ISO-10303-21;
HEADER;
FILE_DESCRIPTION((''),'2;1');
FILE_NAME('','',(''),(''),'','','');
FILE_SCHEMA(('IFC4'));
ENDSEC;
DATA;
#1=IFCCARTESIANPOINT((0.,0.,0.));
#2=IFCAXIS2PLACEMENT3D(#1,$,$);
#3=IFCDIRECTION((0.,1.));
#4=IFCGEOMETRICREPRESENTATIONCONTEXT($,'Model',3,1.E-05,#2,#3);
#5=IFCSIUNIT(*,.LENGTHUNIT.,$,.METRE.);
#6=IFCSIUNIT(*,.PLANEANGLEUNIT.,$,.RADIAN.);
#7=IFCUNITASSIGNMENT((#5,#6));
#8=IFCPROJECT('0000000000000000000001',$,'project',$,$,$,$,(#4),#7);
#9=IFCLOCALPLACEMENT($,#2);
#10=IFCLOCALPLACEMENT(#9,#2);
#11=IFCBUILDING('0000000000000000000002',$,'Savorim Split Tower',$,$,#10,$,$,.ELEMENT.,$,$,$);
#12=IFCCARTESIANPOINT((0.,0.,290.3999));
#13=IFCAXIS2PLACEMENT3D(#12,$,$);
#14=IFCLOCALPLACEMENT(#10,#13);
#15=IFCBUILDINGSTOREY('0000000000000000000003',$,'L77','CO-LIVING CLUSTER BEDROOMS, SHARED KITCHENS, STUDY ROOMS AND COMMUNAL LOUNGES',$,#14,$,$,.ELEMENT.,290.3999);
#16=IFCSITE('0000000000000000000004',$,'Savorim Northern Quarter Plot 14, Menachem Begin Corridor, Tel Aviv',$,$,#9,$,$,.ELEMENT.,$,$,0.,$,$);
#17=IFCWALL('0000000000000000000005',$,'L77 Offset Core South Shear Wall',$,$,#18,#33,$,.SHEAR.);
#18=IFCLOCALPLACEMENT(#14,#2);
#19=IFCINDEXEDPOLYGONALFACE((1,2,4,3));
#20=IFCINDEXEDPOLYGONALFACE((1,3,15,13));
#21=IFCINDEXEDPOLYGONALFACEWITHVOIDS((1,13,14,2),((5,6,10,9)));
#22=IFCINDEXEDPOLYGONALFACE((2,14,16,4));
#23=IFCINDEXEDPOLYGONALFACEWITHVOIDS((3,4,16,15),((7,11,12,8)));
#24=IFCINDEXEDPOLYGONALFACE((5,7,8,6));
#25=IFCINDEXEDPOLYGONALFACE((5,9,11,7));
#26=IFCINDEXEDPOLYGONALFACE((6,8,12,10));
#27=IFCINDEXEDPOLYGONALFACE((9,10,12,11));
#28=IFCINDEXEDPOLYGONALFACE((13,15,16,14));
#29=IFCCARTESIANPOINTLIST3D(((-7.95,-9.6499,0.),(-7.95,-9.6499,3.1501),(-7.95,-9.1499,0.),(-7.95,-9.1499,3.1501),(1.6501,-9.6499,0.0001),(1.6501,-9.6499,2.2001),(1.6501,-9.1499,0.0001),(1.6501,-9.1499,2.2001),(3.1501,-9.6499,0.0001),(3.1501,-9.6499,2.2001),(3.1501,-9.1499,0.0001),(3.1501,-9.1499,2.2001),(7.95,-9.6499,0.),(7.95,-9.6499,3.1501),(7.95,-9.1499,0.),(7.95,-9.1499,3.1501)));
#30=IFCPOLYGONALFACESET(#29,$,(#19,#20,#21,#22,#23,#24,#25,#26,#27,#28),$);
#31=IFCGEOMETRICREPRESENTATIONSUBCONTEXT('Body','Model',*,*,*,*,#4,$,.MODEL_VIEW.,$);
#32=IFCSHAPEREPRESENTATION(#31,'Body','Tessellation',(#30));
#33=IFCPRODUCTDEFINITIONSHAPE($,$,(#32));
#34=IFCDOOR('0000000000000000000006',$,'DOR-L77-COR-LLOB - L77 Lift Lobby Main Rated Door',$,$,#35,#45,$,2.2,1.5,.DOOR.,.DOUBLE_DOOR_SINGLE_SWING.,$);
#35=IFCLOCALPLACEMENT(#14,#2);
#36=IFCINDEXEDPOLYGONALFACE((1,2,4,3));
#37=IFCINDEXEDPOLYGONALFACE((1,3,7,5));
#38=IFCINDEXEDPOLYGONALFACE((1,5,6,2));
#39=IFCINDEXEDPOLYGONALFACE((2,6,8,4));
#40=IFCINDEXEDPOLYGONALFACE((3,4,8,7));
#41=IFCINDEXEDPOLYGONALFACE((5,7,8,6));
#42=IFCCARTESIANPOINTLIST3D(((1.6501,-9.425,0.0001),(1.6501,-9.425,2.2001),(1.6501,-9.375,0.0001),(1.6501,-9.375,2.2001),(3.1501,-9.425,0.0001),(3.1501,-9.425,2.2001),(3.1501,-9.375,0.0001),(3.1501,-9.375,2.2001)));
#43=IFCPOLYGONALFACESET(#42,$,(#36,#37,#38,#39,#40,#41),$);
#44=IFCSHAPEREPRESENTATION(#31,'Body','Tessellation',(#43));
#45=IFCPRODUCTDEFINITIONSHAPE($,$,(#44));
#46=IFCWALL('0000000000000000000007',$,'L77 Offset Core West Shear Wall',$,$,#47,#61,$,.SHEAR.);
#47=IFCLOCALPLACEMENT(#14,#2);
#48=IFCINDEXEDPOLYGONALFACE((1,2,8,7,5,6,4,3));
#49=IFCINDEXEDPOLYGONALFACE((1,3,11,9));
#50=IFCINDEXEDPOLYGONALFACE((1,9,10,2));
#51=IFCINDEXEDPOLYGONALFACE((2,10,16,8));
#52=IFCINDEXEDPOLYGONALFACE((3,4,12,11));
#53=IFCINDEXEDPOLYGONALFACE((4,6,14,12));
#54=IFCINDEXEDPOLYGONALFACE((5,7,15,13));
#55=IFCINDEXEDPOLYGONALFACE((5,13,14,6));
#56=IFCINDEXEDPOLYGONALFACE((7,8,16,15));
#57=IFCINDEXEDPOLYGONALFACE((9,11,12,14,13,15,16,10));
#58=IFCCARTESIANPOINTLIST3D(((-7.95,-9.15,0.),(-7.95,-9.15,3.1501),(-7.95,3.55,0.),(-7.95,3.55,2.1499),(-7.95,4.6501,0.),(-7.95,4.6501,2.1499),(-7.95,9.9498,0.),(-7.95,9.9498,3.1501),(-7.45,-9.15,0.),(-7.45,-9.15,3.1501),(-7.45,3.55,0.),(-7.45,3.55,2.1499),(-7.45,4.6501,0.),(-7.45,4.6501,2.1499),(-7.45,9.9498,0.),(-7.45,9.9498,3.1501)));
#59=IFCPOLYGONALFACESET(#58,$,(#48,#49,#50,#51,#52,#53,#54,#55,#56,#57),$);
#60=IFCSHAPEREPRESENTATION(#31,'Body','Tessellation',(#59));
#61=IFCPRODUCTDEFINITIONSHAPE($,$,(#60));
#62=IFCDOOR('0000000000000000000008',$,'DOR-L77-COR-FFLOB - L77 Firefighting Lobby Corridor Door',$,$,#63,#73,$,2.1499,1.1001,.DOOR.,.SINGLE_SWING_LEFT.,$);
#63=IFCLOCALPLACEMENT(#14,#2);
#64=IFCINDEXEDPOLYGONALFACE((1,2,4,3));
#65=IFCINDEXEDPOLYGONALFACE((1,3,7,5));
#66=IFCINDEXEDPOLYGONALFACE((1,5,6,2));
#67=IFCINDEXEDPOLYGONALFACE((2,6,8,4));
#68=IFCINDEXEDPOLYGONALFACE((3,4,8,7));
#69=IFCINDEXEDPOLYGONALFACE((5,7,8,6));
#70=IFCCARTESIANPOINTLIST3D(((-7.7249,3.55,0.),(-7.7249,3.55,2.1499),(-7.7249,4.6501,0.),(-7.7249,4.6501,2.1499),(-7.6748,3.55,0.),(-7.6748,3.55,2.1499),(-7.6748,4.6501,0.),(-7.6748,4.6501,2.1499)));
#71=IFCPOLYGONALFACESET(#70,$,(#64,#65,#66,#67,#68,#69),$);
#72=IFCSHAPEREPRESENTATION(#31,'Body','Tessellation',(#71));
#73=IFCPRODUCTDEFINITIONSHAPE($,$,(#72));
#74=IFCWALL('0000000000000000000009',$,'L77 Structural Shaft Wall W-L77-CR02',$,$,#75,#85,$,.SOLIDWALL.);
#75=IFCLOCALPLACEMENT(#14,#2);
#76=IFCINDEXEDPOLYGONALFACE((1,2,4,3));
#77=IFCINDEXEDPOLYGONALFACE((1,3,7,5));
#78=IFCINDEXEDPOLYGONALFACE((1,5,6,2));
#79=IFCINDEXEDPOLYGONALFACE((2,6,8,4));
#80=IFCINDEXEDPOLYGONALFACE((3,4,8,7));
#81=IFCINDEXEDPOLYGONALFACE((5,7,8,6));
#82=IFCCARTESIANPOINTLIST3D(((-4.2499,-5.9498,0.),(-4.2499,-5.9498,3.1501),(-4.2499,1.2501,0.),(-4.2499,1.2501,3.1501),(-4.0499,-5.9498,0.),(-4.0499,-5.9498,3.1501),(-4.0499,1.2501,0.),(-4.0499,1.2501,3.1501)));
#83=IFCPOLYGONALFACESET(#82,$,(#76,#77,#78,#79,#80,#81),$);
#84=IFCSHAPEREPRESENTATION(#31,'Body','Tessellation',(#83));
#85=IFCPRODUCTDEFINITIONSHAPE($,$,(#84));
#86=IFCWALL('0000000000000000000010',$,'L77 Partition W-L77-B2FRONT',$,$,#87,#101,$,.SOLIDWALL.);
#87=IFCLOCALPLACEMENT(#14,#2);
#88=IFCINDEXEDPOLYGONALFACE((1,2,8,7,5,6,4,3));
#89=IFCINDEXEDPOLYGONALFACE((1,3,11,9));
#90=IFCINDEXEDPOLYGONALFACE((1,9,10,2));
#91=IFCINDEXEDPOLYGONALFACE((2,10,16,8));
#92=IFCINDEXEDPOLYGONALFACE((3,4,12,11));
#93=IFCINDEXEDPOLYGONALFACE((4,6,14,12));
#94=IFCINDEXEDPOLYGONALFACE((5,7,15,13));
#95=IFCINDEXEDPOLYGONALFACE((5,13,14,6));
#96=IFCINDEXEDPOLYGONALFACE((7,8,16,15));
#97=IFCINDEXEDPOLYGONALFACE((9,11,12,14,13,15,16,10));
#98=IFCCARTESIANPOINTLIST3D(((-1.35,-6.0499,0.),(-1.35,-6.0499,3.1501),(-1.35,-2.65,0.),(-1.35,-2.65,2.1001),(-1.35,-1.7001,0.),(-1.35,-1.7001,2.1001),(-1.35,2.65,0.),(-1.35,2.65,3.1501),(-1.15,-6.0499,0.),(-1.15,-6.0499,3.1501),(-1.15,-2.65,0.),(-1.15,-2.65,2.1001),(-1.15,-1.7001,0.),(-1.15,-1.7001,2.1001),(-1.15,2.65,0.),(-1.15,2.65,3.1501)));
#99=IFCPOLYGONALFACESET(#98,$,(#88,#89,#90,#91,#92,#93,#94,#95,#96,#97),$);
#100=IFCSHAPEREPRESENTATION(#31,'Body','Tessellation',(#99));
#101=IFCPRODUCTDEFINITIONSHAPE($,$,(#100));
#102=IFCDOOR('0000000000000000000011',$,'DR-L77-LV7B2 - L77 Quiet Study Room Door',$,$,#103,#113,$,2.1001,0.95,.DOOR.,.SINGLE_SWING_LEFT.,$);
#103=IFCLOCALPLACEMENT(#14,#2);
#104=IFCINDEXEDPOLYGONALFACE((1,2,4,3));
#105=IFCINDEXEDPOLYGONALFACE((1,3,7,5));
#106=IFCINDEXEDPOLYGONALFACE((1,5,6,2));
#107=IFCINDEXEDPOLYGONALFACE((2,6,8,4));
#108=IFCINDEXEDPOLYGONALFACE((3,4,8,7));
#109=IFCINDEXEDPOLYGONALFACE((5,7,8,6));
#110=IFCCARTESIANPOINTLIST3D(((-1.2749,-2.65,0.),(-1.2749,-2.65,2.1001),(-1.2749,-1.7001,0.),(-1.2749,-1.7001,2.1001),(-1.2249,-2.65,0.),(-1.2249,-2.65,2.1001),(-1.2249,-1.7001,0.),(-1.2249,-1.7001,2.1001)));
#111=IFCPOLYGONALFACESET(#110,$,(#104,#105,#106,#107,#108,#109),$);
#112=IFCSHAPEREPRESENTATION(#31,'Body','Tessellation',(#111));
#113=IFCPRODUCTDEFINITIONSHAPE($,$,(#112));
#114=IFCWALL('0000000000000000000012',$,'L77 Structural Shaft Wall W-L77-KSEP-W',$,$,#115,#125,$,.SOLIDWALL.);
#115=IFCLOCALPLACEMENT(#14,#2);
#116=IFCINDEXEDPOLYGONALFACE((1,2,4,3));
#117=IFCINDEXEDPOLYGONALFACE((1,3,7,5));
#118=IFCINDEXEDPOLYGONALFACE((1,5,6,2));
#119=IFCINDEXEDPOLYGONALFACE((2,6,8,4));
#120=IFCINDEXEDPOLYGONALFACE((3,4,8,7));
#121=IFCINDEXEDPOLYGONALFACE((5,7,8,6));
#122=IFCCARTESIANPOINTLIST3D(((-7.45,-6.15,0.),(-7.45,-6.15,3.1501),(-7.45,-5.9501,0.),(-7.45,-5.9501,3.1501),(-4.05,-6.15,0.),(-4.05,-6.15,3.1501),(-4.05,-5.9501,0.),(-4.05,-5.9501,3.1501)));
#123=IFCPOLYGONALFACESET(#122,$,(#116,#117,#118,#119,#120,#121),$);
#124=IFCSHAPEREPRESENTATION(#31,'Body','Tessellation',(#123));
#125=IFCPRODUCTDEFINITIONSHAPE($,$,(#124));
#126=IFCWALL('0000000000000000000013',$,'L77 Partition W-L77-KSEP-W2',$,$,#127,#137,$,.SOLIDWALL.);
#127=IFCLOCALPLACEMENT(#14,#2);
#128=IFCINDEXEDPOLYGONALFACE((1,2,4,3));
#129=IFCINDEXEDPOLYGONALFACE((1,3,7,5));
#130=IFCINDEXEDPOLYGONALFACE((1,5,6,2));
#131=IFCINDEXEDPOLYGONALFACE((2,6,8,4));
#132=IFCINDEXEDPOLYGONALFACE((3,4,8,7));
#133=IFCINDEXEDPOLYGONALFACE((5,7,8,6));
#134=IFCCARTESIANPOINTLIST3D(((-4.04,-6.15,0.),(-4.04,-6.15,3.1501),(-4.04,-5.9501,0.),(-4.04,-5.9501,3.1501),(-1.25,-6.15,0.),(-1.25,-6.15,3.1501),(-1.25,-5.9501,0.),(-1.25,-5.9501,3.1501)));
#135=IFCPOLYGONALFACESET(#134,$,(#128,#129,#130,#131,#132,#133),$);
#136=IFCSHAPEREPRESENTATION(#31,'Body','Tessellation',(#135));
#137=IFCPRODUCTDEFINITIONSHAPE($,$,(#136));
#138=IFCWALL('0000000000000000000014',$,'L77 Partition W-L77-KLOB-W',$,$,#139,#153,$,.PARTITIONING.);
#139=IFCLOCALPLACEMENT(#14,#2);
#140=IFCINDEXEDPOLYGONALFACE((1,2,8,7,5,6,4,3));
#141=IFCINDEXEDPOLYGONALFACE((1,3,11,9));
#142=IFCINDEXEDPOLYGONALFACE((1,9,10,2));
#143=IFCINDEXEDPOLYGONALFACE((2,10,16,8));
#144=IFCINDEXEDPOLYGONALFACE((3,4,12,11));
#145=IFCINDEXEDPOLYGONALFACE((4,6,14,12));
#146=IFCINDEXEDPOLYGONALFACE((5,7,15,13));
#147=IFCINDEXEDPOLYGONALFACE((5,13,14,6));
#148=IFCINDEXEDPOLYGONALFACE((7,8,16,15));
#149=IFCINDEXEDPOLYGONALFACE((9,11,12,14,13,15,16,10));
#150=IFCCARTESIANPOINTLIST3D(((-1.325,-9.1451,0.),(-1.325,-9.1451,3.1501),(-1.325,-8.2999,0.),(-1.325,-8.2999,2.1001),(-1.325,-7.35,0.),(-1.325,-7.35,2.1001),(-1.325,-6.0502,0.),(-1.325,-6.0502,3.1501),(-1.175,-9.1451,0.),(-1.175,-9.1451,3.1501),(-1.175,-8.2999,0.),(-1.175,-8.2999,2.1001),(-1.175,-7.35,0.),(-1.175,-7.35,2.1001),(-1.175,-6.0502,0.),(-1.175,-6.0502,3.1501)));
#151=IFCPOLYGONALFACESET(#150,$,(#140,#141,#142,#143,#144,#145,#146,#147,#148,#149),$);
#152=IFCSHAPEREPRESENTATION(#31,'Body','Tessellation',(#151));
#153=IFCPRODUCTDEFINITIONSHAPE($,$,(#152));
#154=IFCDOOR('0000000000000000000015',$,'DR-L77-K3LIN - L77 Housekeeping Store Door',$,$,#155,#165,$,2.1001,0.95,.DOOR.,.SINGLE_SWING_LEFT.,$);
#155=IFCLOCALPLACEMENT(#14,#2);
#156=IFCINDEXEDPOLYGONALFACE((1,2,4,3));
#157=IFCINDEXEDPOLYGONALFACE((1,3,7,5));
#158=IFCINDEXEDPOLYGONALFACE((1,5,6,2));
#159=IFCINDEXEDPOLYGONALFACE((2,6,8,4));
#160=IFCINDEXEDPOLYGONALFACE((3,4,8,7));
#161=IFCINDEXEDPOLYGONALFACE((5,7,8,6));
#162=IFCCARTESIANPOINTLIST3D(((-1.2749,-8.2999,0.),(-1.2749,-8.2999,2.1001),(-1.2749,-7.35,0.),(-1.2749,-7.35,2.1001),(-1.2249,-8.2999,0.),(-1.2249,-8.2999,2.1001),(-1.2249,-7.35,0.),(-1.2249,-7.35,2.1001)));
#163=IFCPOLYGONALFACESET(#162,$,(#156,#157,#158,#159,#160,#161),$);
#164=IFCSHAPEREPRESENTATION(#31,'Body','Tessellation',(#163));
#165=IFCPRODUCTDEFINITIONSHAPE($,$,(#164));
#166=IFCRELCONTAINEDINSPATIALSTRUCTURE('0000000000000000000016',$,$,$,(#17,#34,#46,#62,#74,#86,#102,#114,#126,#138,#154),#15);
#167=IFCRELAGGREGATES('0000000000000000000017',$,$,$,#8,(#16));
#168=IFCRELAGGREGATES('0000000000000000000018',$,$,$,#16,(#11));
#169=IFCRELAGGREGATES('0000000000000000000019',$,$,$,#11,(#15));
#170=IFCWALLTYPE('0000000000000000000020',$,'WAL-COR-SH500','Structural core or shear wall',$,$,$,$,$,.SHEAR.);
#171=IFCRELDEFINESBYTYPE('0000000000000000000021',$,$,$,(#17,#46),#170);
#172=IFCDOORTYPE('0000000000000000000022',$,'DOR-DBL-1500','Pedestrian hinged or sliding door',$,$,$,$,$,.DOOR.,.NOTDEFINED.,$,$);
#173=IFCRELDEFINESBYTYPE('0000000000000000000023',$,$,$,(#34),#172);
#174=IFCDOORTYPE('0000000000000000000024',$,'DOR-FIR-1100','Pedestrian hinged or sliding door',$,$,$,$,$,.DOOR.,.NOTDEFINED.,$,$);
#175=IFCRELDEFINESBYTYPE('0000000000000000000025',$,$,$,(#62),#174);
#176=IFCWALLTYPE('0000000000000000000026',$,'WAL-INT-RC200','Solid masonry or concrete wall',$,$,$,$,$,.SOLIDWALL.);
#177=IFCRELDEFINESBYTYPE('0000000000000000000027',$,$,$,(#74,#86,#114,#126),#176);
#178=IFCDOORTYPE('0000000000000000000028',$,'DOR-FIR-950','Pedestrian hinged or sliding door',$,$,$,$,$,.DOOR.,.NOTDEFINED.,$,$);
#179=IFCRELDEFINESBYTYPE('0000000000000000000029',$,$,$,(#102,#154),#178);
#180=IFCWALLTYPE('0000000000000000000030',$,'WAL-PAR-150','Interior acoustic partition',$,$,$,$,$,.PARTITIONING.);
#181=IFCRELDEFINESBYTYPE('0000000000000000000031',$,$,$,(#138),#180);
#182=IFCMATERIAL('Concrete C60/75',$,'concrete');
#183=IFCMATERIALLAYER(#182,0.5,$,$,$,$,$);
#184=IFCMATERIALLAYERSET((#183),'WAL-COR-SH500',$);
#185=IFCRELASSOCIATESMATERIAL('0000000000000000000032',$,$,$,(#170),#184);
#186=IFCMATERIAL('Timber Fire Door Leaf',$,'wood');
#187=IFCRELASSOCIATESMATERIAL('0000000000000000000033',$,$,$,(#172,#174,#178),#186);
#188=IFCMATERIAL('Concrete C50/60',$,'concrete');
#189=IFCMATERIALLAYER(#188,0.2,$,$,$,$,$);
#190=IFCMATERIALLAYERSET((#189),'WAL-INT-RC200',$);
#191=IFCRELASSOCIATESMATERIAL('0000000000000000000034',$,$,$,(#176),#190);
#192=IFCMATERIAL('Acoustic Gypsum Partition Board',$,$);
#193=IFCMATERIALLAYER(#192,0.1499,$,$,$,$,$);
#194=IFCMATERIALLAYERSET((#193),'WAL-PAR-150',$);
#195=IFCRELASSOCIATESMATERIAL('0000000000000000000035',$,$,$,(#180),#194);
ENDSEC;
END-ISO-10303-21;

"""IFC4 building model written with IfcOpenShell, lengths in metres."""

from ifc_helpers import new_model, si_unit, direction, frame, frame_2d, origin, place, context, subcontext, project, spatial, rectangle, extrude, material, layer, layer_set, type_object, element, fill, save


model = new_model("IFC4")

# Units and contexts
model_context = context("Model", 3, precision=1e-05, world=origin(), true_north=direction((0.0, 1.0)))
body_context = subcontext(model_context, "Body", "Model", "MODEL_VIEW")
ifc_project = project(units=[si_unit("LENGTHUNIT", "METRE"), si_unit("PLANEANGLEUNIT", "RADIAN")], contexts=[model_context])

# Site, building, storey
site_placement = place(None, origin())
site = spatial("IfcSite", under=ifc_project, at=site_placement, Name="Savorim Northern Quarter Plot 14, Menachem Begin Corridor, Tel Aviv", CompositionType="ELEMENT", RefElevation=0.0)
building_placement = place(site_placement, origin())
building = spatial("IfcBuilding", under=site, at=building_placement, Name="Savorim Split Tower", CompositionType="ELEMENT")
storey_placement = place(building_placement, frame((0.0, 0.0, 290.3999)))
storey = spatial("IfcBuildingStorey", under=building, at=storey_placement, Name="L77", Description="CO-LIVING CLUSTER BEDROOMS, SHARED KITCHENS, STUDY ROOMS AND COMMUNAL LOUNGES", CompositionType="ELEMENT", Elevation=290.3999)

# Walls, openings, doors
ifc_material_1 = material(Name="Concrete C60/75", Category="concrete")
ifc_layer_1 = layer(ifc_material_1, 0.5)
ifc_layer_set_1 = layer_set([ifc_layer_1], Name="WAL-COR-SH500")
wall_type_1 = type_object("IfcWallType", Name="WAL-COR-SH500", Description="Structural core or shear wall", PredefinedType="SHEAR", material=ifc_layer_set_1)
wall_1_placement = place(storey_placement, frame((-7.95, -9.3999, 0.0), z_axis=(0.0, 0.0, 1.0), x_axis=(1.0, 0.0, 0.0)))
wall_1 = element("IfcWall", 1, at=wall_1_placement, inside=storey, type_object=wall_type_1, Name="L77 Offset Core South Shear Wall", PredefinedType="SHEAR", context=body_context, shape_type="SweptSolid", body=[
    extrude(rectangle(XDim=15.8999, YDim=0.5, at=frame_2d((7.95, 0.0))), origin(), (0.0, 0.0, 1.0), 3.1501),
])
opening_1_placement = place(wall_1_placement, frame((9.6001, 0.0, 0.0)))
opening_1 = element("IfcOpeningElement", 2, at=opening_1_placement, cuts=wall_1, PredefinedType="OPENING", context=body_context, shape_type="SweptSolid", body=[
    extrude(rectangle(XDim=1.5, YDim=2.2, at=frame_2d((0.75, 1.1001))), frame((0.0, 0.26, 0.0), z_axis=(0.0, -1.0, 0.0), x_axis=(1.0, 0.0, 0.0)), (0.0, 0.0, 1.0), 0.52),
])
ifc_material_2 = material(Name="Timber Fire Door Leaf", Category="wood")
door_type_1 = type_object("IfcDoorType", Name="DOR-DBL-1500", Description="Pedestrian hinged or sliding door", OperationType="NOTDEFINED", PredefinedType="DOOR", material=ifc_material_2)
door_1_placement = place(opening_1_placement, origin())
door_1 = element("IfcDoor", 3, at=door_1_placement, inside=storey, type_object=door_type_1, Name="DOR-L77-COR-LLOB - L77 Lift Lobby Main Rated Door", OperationType="DOUBLE_DOOR_SINGLE_SWING", OverallHeight=2.2, OverallWidth=1.5, PredefinedType="DOOR", context=body_context, shape_type="SweptSolid", body=[
    extrude(rectangle(XDim=1.5, YDim=2.2, at=frame_2d((0.75, 1.1001))), frame((0.0, 0.0249, 0.0), z_axis=(0.0, -1.0, 0.0), x_axis=(1.0, 0.0, 0.0)), (0.0, 0.0, 1.0), 0.05),
])
fill(opening_1, door_1)
wall_2_placement = place(storey_placement, frame((-7.7, -9.1499, 0.0), z_axis=(0.0, 0.0, 1.0), x_axis=(0.0, 1.0, 0.0)))
wall_2 = element("IfcWall", 4, at=wall_2_placement, inside=storey, type_object=wall_type_1, Name="L77 Offset Core West Shear Wall", PredefinedType="SHEAR", context=body_context, shape_type="SweptSolid", body=[
    extrude(rectangle(XDim=19.0999, YDim=0.5, at=frame_2d((9.5498, 0.0))), origin(), (0.0, 0.0, 1.0), 3.1501),
])
opening_2_placement = place(wall_2_placement, frame((12.7, 0.0, 0.0)))
opening_2 = element("IfcOpeningElement", 5, at=opening_2_placement, cuts=wall_2, PredefinedType="OPENING", context=body_context, shape_type="SweptSolid", body=[
    extrude(rectangle(XDim=1.1001, YDim=2.1499, at=frame_2d((0.55, 1.075))), frame((0.0, 0.26, 0.0), z_axis=(0.0, -1.0, 0.0), x_axis=(1.0, 0.0, 0.0)), (0.0, 0.0, 1.0), 0.52),
])
door_type_2 = type_object("IfcDoorType", Name="DOR-FIR-1100", Description="Pedestrian hinged or sliding door", OperationType="NOTDEFINED", PredefinedType="DOOR", material=ifc_material_2)
door_2_placement = place(opening_2_placement, origin())
door_2 = element("IfcDoor", 6, at=door_2_placement, inside=storey, type_object=door_type_2, Name="DOR-L77-COR-FFLOB - L77 Firefighting Lobby Corridor Door", OperationType="SINGLE_SWING_LEFT", OverallHeight=2.1499, OverallWidth=1.1001, PredefinedType="DOOR", context=body_context, shape_type="SweptSolid", body=[
    extrude(rectangle(XDim=1.1001, YDim=2.1499, at=frame_2d((0.55, 1.075))), frame((0.0, 0.0249, 0.0), z_axis=(0.0, -1.0, 0.0), x_axis=(1.0, 0.0, 0.0)), (0.0, 0.0, 1.0), 0.05),
])
fill(opening_2, door_2)

# Wall
ifc_material_3 = material(Name="Concrete C50/60", Category="concrete")
ifc_layer_2 = layer(ifc_material_3, 0.2)
ifc_layer_set_2 = layer_set([ifc_layer_2], Name="WAL-INT-RC200")
wall_type_2 = type_object("IfcWallType", Name="WAL-INT-RC200", Description="Solid masonry or concrete wall", PredefinedType="SOLIDWALL", material=ifc_layer_set_2)
wall_3_placement = place(storey_placement, frame((-4.1499, -5.95, 0.0), z_axis=(0.0, 0.0, 1.0), x_axis=(0.0, 1.0, 0.0)))
element("IfcWall", 7, at=wall_3_placement, inside=storey, type_object=wall_type_2, Name="L77 Structural Shaft Wall W-L77-CR02", PredefinedType="SOLIDWALL", context=body_context, shape_type="SweptSolid", body=[
    extrude(rectangle(XDim=7.2, YDim=0.2, at=frame_2d((3.6001, 0.0))), origin(), (0.0, 0.0, 1.0), 3.1501),
])

# Wall, opening, door
wall_4_placement = place(storey_placement, frame((-1.25, -6.05, 0.0), z_axis=(0.0, 0.0, 1.0), x_axis=(0.0, 1.0, 0.0)))
wall_4 = element("IfcWall", 8, at=wall_4_placement, inside=storey, type_object=wall_type_2, Name="L77 Partition W-L77-B2FRONT", PredefinedType="SOLIDWALL", context=body_context, shape_type="SweptSolid", body=[
    extrude(rectangle(XDim=8.7, YDim=0.2, at=frame_2d((4.3501, 0.0))), origin(), (0.0, 0.0, 1.0), 3.1501),
])
opening_3_placement = place(wall_4_placement, frame((3.3999, 0.0, 0.0)))
opening_3 = element("IfcOpeningElement", 9, at=opening_3_placement, cuts=wall_4, PredefinedType="OPENING", context=body_context, shape_type="SweptSolid", body=[
    extrude(rectangle(XDim=0.95, YDim=2.1001, at=frame_2d((0.4751, 1.05))), frame((0.0, 0.1099, 0.0), z_axis=(0.0, -1.0, 0.0), x_axis=(1.0, 0.0, 0.0)), (0.0, 0.0, 1.0), 0.22),
])
door_type_3 = type_object("IfcDoorType", Name="DOR-FIR-950", Description="Pedestrian hinged or sliding door", OperationType="NOTDEFINED", PredefinedType="DOOR", material=ifc_material_2)
door_3_placement = place(opening_3_placement, origin())
door_3 = element("IfcDoor", 10, at=door_3_placement, inside=storey, type_object=door_type_3, Name="DR-L77-LV7B2 - L77 Quiet Study Room Door", OperationType="SINGLE_SWING_LEFT", OverallHeight=2.1001, OverallWidth=0.95, PredefinedType="DOOR", context=body_context, shape_type="SweptSolid", body=[
    extrude(rectangle(XDim=0.95, YDim=2.1001, at=frame_2d((0.4751, 1.05))), frame((0.0, 0.0249, 0.0), z_axis=(0.0, -1.0, 0.0), x_axis=(1.0, 0.0, 0.0)), (0.0, 0.0, 1.0), 0.05),
])
fill(opening_3, door_3)

# Walls
wall_5_placement = place(storey_placement, frame((-7.45, -6.05, 0.0), z_axis=(0.0, 0.0, 1.0), x_axis=(1.0, 0.0, 0.0)))
element("IfcWall", 11, at=wall_5_placement, inside=storey, type_object=wall_type_2, Name="L77 Structural Shaft Wall W-L77-KSEP-W", PredefinedType="SOLIDWALL", context=body_context, shape_type="SweptSolid", body=[
    extrude(rectangle(XDim=3.3999, YDim=0.2, at=frame_2d((1.7, 0.0))), origin(), (0.0, 0.0, 1.0), 3.1501),
])
wall_6_placement = place(storey_placement, frame((-4.04, -6.05, 0.0), z_axis=(0.0, 0.0, 1.0), x_axis=(1.0, 0.0, 0.0)))
element("IfcWall", 12, at=wall_6_placement, inside=storey, type_object=wall_type_2, Name="L77 Partition W-L77-KSEP-W2", PredefinedType="SOLIDWALL", context=body_context, shape_type="SweptSolid", body=[
    extrude(rectangle(XDim=2.79, YDim=0.2, at=frame_2d((1.395, 0.0))), origin(), (0.0, 0.0, 1.0), 3.1501),
])

# Wall, opening, door
ifc_material_4 = material(Name="Acoustic Gypsum Partition Board")
ifc_layer_3 = layer(ifc_material_4, 0.1499)
ifc_layer_set_3 = layer_set([ifc_layer_3], Name="WAL-PAR-150")
wall_type_3 = type_object("IfcWallType", Name="WAL-PAR-150", Description="Interior acoustic partition", PredefinedType="PARTITIONING", material=ifc_layer_set_3)
wall_7_placement = place(storey_placement, frame((-1.25, -9.145, 0.0), z_axis=(0.0, 0.0, 1.0), x_axis=(0.0, 1.0, 0.0)))
wall_7 = element("IfcWall", 13, at=wall_7_placement, inside=storey, type_object=wall_type_3, Name="L77 Partition W-L77-KLOB-W", PredefinedType="PARTITIONING", context=body_context, shape_type="SweptSolid", body=[
    extrude(rectangle(XDim=3.095, YDim=0.1499, at=frame_2d((1.5474, 0.0))), origin(), (0.0, 0.0, 1.0), 3.1501),
])
opening_4_placement = place(wall_7_placement, frame((0.845, 0.0, 0.0)))
opening_4 = element("IfcOpeningElement", 14, at=opening_4_placement, cuts=wall_7, PredefinedType="OPENING", context=body_context, shape_type="SweptSolid", body=[
    extrude(rectangle(XDim=0.95, YDim=2.1001, at=frame_2d((0.4751, 1.05))), frame((0.0, 0.085, 0.0), z_axis=(0.0, -1.0, 0.0), x_axis=(1.0, 0.0, 0.0)), (0.0, 0.0, 1.0), 0.1699),
])
door_4_placement = place(opening_4_placement, origin())
door_4 = element("IfcDoor", 15, at=door_4_placement, inside=storey, type_object=door_type_3, Name="DR-L77-K3LIN - L77 Housekeeping Store Door", OperationType="SINGLE_SWING_LEFT", OverallHeight=2.1001, OverallWidth=0.95, PredefinedType="DOOR", context=body_context, shape_type="SweptSolid", body=[
    extrude(rectangle(XDim=0.95, YDim=2.1001, at=frame_2d((0.4751, 1.05))), frame((0.0, 0.0249, 0.0), z_axis=(0.0, -1.0, 0.0), x_axis=(1.0, 0.0, 0.0)), (0.0, 0.0, 1.0), 0.05),
])
fill(opening_4, door_4)

save(model, "model.ifc")
